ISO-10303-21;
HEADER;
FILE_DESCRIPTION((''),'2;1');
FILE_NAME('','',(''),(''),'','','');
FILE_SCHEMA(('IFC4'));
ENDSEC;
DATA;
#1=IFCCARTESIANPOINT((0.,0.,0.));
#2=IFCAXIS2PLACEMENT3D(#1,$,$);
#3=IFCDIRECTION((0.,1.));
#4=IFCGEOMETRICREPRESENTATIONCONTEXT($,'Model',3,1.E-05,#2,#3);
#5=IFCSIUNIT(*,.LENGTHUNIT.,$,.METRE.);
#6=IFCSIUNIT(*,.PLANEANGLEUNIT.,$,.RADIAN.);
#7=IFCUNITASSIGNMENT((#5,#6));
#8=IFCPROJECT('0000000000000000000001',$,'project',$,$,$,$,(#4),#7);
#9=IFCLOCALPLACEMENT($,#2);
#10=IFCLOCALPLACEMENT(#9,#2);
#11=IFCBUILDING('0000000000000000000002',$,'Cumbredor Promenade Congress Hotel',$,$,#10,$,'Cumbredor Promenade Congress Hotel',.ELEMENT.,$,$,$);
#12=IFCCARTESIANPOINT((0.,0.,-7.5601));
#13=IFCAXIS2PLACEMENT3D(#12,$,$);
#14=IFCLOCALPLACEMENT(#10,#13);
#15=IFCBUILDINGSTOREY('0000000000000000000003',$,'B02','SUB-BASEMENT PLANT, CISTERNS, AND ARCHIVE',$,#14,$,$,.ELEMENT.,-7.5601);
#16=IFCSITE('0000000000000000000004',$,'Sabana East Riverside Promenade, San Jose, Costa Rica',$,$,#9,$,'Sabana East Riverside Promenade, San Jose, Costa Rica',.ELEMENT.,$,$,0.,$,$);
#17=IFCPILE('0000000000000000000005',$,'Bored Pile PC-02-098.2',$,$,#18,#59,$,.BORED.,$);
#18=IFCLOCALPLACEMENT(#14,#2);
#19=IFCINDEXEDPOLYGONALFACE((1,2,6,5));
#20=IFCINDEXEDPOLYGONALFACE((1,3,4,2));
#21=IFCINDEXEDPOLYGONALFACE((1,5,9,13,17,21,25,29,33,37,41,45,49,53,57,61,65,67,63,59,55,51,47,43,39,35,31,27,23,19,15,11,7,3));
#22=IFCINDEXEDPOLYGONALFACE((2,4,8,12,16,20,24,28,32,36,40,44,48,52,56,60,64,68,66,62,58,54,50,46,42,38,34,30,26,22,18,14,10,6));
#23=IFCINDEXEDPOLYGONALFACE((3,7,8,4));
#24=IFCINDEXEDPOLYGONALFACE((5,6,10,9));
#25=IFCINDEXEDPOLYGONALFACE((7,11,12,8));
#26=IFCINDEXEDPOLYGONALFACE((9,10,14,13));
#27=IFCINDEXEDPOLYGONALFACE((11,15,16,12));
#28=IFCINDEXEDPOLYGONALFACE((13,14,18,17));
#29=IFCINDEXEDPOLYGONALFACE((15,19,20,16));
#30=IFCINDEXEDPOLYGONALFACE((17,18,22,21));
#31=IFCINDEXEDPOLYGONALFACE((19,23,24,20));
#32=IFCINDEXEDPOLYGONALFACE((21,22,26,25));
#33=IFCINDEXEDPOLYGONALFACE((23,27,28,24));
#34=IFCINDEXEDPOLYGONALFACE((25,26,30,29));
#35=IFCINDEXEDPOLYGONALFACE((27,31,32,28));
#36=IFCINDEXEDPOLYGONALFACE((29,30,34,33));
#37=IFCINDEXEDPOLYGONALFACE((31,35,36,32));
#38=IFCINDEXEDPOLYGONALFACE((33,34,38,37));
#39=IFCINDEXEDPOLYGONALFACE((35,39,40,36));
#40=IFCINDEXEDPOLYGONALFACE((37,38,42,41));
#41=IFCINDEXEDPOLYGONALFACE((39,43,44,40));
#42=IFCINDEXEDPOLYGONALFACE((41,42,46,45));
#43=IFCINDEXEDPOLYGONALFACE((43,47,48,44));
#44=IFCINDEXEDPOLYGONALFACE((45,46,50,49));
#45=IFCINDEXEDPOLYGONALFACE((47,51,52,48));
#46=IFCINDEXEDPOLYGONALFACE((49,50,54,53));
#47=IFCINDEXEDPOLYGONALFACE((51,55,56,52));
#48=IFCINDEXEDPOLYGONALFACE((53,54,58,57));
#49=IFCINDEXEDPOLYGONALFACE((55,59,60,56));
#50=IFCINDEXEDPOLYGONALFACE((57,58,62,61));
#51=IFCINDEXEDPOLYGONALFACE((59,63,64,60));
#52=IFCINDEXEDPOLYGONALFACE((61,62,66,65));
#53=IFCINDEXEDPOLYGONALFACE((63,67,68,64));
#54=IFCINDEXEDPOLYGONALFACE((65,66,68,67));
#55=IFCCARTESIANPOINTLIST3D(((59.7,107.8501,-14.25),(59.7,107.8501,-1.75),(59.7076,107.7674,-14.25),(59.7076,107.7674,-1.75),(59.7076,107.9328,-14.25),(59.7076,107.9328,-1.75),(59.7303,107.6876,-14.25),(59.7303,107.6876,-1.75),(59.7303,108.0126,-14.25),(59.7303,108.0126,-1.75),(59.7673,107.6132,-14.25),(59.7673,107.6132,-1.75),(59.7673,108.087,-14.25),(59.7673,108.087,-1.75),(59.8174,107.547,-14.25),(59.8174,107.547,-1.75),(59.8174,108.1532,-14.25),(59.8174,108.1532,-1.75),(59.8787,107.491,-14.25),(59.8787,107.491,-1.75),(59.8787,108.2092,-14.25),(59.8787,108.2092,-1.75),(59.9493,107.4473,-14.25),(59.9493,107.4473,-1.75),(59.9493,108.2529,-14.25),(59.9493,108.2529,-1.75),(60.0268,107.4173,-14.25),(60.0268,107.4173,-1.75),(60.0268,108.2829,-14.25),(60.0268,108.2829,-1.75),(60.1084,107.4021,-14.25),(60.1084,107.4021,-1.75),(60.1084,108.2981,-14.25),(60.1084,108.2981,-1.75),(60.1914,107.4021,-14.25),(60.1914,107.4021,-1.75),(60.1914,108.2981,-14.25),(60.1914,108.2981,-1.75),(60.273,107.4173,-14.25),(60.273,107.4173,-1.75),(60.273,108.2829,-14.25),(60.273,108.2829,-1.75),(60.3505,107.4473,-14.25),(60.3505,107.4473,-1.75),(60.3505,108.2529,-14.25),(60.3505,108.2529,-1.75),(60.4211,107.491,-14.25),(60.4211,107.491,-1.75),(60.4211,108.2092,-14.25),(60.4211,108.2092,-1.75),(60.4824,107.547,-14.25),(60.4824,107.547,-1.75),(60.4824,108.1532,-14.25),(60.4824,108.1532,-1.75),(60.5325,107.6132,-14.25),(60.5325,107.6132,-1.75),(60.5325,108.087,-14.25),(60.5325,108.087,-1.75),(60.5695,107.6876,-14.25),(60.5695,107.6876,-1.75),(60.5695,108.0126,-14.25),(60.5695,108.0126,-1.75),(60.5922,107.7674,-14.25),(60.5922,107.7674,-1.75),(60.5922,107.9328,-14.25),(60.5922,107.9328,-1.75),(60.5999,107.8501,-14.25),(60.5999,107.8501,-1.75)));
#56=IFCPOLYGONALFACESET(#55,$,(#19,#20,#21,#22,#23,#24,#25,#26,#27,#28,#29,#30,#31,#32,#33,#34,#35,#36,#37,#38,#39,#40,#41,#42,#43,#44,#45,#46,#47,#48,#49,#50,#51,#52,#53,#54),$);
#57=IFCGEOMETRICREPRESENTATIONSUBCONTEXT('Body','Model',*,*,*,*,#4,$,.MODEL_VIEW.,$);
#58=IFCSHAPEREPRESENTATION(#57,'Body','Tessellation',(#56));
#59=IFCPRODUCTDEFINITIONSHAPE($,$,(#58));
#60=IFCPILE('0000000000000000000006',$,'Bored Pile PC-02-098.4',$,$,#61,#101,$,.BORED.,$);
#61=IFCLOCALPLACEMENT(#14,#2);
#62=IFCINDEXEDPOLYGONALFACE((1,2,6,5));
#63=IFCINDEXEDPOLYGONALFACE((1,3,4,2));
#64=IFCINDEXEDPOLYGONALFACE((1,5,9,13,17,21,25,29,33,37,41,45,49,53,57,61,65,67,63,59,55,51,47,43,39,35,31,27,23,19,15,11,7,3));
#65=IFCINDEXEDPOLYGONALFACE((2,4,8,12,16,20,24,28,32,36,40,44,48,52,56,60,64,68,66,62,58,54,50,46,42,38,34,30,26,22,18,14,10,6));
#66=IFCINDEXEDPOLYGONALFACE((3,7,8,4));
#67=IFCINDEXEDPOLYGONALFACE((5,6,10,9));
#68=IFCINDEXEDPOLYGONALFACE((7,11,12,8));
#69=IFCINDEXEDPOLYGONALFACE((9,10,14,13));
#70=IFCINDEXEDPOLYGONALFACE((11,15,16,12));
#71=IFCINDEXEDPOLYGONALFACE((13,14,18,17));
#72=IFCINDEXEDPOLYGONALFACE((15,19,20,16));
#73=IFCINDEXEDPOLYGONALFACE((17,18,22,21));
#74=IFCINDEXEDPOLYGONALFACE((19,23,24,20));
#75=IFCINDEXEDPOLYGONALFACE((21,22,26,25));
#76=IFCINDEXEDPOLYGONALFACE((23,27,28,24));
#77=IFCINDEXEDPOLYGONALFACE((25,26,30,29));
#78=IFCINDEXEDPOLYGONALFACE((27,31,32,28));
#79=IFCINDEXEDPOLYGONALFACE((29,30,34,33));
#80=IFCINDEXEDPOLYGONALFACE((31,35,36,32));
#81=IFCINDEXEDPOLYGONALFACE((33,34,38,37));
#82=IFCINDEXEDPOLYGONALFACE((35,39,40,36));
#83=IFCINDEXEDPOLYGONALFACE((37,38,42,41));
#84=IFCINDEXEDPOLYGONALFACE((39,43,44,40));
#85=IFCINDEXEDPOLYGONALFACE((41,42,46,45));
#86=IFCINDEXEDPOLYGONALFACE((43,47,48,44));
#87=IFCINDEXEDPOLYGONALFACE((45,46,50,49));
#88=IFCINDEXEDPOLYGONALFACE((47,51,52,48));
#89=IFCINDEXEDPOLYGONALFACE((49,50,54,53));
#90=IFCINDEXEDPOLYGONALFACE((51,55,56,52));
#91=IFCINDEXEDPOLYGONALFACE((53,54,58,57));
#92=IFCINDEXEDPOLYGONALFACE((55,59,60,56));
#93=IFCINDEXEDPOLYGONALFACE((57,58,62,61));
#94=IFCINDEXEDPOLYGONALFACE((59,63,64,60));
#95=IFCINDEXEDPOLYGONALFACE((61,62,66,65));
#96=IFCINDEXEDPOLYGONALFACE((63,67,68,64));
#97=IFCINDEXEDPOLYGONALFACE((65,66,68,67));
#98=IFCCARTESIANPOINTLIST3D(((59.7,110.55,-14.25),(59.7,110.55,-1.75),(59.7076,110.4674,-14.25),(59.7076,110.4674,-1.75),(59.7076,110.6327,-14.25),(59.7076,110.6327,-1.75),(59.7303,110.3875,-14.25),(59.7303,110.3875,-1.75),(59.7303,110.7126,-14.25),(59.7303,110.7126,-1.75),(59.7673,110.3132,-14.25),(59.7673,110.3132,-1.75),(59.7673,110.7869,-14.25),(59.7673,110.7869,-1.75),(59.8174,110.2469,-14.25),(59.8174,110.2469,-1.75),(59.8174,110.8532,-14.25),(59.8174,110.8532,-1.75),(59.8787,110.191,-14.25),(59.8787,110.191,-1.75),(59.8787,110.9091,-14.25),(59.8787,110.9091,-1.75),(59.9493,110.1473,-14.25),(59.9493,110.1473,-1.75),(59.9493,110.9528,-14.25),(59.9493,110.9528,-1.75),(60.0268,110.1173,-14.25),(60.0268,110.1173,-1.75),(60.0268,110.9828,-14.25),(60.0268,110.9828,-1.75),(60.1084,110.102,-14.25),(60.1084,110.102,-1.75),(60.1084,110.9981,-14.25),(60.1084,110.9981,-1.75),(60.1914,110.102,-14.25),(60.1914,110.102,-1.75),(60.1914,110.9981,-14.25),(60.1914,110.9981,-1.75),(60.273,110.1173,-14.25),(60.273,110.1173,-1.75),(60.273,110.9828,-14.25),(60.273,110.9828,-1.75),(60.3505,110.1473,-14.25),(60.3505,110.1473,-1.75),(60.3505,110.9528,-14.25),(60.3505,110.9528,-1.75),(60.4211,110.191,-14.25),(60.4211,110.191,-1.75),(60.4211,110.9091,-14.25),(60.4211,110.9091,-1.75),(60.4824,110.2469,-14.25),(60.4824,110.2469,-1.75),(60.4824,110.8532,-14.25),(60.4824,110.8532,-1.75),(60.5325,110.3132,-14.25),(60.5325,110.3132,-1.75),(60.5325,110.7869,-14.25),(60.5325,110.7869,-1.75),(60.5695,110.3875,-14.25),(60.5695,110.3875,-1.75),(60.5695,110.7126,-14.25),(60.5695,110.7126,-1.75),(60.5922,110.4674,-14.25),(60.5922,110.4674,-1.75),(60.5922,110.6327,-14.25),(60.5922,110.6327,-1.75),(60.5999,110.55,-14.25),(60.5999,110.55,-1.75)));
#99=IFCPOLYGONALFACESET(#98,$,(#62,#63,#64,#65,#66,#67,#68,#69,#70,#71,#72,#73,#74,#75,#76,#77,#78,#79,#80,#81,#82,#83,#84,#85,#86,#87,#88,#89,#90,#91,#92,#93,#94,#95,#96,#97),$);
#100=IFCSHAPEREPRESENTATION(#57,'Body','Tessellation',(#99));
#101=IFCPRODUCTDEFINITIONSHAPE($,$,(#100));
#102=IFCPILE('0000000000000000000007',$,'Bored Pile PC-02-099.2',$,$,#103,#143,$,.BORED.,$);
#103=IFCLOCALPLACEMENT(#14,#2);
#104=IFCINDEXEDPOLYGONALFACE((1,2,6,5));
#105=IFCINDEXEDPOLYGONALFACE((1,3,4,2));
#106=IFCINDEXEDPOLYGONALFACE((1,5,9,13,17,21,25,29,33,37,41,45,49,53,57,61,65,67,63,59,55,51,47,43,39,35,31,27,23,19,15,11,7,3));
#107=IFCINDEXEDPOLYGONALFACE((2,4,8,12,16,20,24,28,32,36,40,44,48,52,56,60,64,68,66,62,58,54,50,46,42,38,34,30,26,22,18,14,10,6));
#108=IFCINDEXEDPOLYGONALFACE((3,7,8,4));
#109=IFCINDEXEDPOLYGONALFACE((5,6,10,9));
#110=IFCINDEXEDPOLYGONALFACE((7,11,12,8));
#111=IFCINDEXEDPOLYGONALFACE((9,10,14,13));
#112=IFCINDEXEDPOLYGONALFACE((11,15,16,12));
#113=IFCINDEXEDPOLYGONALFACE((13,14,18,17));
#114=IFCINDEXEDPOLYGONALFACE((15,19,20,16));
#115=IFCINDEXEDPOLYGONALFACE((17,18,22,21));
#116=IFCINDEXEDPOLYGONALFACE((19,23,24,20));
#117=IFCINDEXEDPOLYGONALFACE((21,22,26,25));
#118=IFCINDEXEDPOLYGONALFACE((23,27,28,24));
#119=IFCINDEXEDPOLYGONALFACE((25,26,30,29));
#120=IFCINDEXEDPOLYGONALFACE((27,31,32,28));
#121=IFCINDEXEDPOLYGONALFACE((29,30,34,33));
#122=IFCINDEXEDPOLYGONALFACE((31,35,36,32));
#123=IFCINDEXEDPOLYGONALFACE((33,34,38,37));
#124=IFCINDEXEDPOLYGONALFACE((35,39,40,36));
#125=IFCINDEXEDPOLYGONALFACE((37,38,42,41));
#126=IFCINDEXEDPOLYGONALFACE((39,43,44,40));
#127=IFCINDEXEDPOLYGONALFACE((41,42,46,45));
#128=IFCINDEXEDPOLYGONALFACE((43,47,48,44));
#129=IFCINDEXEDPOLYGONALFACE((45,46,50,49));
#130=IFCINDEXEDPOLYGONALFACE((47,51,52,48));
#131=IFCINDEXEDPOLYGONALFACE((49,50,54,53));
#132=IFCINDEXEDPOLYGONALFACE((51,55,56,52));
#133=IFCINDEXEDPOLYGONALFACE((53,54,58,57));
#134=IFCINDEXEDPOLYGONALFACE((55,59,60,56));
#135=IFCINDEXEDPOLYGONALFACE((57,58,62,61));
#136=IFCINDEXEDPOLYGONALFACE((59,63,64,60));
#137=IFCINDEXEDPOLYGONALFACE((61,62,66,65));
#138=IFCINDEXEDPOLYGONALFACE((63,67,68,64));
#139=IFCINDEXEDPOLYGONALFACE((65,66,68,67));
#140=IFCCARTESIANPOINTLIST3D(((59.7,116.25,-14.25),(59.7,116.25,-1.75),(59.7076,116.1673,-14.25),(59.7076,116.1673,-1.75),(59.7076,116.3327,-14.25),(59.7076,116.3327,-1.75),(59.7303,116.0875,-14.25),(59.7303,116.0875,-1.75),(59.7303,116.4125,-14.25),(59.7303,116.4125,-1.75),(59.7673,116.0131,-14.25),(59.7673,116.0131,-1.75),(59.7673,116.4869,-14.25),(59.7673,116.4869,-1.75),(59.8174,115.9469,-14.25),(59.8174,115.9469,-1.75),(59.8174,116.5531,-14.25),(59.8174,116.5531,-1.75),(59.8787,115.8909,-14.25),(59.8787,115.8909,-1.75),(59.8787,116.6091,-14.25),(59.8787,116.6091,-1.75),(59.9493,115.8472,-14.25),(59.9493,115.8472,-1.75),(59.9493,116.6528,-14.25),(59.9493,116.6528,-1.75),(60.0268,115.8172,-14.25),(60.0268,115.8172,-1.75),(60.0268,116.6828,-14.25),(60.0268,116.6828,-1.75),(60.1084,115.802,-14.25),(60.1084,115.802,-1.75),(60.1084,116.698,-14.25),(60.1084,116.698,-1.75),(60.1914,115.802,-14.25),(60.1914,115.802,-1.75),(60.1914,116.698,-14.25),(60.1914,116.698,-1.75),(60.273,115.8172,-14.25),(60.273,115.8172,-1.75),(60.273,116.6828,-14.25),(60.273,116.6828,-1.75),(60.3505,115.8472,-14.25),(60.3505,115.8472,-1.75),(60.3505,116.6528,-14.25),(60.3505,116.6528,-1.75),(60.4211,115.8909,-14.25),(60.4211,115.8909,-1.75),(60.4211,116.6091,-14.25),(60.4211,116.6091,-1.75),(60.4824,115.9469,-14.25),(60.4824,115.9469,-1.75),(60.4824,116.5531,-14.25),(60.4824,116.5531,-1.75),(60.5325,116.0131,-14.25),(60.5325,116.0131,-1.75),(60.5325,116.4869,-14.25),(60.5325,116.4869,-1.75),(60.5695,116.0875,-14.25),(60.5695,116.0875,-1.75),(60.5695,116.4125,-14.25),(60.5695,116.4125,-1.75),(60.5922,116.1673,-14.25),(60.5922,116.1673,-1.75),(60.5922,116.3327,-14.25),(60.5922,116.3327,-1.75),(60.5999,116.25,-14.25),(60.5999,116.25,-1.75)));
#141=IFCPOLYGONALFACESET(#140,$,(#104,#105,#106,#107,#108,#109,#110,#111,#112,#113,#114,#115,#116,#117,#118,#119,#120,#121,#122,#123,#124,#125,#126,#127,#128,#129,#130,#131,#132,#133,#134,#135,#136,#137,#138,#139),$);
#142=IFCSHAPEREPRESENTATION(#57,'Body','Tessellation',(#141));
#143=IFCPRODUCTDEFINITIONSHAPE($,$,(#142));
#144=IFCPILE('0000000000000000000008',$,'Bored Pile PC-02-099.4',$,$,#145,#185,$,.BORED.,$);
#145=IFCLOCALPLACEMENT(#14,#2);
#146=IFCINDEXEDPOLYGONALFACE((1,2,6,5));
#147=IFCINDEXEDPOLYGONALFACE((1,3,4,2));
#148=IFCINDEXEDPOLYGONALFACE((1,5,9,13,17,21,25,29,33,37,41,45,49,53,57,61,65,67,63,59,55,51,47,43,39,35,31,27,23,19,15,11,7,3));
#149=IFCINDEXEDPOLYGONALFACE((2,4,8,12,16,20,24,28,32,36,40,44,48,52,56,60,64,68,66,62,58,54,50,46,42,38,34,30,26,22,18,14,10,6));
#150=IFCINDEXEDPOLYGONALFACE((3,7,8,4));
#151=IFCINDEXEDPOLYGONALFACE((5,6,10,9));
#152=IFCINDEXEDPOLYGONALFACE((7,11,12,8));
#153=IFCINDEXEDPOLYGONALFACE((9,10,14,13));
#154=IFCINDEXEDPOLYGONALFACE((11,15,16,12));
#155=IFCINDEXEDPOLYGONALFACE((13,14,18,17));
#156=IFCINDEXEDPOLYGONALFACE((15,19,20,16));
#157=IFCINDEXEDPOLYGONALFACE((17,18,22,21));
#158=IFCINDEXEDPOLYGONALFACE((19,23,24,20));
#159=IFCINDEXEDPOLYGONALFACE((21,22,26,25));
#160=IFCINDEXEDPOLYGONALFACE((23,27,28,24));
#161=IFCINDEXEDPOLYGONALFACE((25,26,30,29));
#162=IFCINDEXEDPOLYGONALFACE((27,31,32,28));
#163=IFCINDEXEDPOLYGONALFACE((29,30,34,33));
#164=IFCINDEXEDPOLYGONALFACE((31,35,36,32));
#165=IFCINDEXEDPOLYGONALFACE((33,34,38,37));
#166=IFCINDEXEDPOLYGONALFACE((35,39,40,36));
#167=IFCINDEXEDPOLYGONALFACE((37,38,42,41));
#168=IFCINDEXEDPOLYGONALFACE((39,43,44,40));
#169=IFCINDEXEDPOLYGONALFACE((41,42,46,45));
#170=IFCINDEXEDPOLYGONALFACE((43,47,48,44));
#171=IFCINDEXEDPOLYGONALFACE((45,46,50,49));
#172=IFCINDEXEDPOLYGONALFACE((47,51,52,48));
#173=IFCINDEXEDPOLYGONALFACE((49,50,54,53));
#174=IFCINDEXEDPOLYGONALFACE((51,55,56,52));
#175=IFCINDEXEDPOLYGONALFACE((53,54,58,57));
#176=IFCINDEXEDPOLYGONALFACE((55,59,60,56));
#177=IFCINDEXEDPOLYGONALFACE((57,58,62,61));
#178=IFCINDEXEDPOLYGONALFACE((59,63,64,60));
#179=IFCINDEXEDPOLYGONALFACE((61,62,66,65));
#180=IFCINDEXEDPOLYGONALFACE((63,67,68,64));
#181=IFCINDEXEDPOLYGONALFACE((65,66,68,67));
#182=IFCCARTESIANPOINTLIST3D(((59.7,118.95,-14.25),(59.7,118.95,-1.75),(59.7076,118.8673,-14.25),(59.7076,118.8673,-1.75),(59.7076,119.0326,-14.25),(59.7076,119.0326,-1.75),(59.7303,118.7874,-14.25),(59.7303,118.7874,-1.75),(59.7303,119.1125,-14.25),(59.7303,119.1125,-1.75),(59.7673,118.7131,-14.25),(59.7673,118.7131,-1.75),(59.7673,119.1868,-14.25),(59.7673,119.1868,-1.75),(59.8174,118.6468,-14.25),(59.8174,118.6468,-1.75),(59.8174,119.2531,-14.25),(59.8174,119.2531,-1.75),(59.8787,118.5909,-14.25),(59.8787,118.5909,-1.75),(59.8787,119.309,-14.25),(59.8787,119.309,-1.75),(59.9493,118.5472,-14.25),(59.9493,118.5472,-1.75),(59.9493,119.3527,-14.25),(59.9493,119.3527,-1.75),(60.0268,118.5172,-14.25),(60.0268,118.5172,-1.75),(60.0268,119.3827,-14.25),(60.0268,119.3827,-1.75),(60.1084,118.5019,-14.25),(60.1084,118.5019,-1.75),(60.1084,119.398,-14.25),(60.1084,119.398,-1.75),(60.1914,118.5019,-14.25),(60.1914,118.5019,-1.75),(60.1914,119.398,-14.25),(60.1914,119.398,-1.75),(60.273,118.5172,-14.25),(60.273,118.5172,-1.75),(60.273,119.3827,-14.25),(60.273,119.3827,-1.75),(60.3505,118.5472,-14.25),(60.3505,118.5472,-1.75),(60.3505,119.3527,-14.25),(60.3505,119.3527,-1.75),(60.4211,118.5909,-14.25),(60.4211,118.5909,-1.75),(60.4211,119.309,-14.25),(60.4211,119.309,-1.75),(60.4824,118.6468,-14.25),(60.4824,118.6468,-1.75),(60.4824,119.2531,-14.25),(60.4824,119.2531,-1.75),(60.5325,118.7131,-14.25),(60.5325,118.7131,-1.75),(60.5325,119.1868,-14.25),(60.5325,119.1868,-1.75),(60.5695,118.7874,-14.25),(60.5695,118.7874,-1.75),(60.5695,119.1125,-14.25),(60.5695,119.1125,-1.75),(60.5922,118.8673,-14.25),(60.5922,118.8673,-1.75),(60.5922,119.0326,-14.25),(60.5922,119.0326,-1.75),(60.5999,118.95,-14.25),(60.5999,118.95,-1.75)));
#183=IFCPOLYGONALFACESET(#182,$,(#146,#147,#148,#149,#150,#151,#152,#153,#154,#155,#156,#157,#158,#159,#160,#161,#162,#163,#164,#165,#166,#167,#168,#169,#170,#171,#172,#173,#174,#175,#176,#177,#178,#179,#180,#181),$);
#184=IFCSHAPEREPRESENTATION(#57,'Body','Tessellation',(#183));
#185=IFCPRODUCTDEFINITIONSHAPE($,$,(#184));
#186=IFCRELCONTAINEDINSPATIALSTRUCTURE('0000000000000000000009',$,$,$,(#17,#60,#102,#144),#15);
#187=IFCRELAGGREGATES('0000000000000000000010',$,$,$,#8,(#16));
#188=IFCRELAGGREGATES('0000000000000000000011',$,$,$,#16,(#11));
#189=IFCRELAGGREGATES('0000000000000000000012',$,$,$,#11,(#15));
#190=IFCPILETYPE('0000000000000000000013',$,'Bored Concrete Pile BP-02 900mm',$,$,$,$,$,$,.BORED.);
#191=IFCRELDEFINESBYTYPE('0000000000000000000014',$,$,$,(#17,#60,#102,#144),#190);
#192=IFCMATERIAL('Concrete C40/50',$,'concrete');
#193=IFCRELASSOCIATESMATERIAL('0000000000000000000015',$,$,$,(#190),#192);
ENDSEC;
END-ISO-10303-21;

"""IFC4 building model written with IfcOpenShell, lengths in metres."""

from ifc_helpers import new_model, si_unit, direction, frame, origin, origin_2d, place, context, subcontext, project, spatial, circle, extrude, material, material_profile, profile_set, type_object, element, save


model = new_model("IFC4")

# Units and contexts
model_context = context("Model", 3, precision=1e-05, world=origin(), true_north=direction((0.0, 1.0)))
body_context = subcontext(model_context, "Body", "Model", "MODEL_VIEW")
ifc_project = project(units=[si_unit("LENGTHUNIT", "METRE"), si_unit("PLANEANGLEUNIT", "RADIAN")], contexts=[model_context])

# Site, building, storey
site_placement = place(None, origin())
site = spatial("IfcSite", under=ifc_project, at=site_placement, Name="Sabana East Riverside Promenade, San Jose, Costa Rica", LongName="Sabana East Riverside Promenade, San Jose, Costa Rica", CompositionType="ELEMENT", RefElevation=0.0)
building_placement = place(site_placement, origin())
building = spatial("IfcBuilding", under=site, at=building_placement, Name="Cumbredor Promenade Congress Hotel", LongName="Cumbredor Promenade Congress Hotel", CompositionType="ELEMENT")
storey_placement = place(building_placement, frame((0.0, 0.0, -7.5601)))
storey = spatial("IfcBuildingStorey", under=building, at=storey_placement, Name="B02", Description="SUB-BASEMENT PLANT, CISTERNS, AND ARCHIVE", CompositionType="ELEMENT", Elevation=-7.5601)

# Piles
ifc_material_1 = material(Name="Concrete C40/50", Category="concrete")
ifc_material_profile_1 = material_profile(ifc_material_1, circle(Radius=0.45, at=origin_2d()), Name="PILE D900")
ifc_profile_set_1 = profile_set([ifc_material_profile_1], Name="Concrete C40/50")
pile_type = type_object("IfcPileType", Name="Bored Concrete Pile BP-02 900mm", PredefinedType="BORED", material=ifc_profile_set_1)
for number, where, z_axis, x_axis, name in (
    (1, (60.1499, 107.8501, -1.75), (0.0, 0.0, -1.0), (1.0, 0.0, 0.0), "Bored Pile PC-02-098.2"),
    (2, (60.1499, 110.55, -1.75), (0.0, 0.0, -1.0), (1.0, 0.0, 0.0), "Bored Pile PC-02-098.4"),
    (3, (60.1499, 116.25, -1.75), (0.0, 0.0, -1.0), (1.0, 0.0, 0.0), "Bored Pile PC-02-099.2"),
    (4, (60.1499, 118.95, -1.75), (0.0, 0.0, -1.0), (1.0, 0.0, 0.0), "Bored Pile PC-02-099.4"),
):
    element("IfcPile", number, at=place(storey_placement, frame(where, z_axis=z_axis, x_axis=x_axis)), inside=storey, type_object=pile_type, Name=name, PredefinedType="BORED", context=body_context, shape_type="SweptSolid", body=[
        extrude(circle(Radius=0.45, at=origin_2d()), origin(), (0.0, 0.0, 1.0), 12.5),
    ])

save(model, "model.ifc")
